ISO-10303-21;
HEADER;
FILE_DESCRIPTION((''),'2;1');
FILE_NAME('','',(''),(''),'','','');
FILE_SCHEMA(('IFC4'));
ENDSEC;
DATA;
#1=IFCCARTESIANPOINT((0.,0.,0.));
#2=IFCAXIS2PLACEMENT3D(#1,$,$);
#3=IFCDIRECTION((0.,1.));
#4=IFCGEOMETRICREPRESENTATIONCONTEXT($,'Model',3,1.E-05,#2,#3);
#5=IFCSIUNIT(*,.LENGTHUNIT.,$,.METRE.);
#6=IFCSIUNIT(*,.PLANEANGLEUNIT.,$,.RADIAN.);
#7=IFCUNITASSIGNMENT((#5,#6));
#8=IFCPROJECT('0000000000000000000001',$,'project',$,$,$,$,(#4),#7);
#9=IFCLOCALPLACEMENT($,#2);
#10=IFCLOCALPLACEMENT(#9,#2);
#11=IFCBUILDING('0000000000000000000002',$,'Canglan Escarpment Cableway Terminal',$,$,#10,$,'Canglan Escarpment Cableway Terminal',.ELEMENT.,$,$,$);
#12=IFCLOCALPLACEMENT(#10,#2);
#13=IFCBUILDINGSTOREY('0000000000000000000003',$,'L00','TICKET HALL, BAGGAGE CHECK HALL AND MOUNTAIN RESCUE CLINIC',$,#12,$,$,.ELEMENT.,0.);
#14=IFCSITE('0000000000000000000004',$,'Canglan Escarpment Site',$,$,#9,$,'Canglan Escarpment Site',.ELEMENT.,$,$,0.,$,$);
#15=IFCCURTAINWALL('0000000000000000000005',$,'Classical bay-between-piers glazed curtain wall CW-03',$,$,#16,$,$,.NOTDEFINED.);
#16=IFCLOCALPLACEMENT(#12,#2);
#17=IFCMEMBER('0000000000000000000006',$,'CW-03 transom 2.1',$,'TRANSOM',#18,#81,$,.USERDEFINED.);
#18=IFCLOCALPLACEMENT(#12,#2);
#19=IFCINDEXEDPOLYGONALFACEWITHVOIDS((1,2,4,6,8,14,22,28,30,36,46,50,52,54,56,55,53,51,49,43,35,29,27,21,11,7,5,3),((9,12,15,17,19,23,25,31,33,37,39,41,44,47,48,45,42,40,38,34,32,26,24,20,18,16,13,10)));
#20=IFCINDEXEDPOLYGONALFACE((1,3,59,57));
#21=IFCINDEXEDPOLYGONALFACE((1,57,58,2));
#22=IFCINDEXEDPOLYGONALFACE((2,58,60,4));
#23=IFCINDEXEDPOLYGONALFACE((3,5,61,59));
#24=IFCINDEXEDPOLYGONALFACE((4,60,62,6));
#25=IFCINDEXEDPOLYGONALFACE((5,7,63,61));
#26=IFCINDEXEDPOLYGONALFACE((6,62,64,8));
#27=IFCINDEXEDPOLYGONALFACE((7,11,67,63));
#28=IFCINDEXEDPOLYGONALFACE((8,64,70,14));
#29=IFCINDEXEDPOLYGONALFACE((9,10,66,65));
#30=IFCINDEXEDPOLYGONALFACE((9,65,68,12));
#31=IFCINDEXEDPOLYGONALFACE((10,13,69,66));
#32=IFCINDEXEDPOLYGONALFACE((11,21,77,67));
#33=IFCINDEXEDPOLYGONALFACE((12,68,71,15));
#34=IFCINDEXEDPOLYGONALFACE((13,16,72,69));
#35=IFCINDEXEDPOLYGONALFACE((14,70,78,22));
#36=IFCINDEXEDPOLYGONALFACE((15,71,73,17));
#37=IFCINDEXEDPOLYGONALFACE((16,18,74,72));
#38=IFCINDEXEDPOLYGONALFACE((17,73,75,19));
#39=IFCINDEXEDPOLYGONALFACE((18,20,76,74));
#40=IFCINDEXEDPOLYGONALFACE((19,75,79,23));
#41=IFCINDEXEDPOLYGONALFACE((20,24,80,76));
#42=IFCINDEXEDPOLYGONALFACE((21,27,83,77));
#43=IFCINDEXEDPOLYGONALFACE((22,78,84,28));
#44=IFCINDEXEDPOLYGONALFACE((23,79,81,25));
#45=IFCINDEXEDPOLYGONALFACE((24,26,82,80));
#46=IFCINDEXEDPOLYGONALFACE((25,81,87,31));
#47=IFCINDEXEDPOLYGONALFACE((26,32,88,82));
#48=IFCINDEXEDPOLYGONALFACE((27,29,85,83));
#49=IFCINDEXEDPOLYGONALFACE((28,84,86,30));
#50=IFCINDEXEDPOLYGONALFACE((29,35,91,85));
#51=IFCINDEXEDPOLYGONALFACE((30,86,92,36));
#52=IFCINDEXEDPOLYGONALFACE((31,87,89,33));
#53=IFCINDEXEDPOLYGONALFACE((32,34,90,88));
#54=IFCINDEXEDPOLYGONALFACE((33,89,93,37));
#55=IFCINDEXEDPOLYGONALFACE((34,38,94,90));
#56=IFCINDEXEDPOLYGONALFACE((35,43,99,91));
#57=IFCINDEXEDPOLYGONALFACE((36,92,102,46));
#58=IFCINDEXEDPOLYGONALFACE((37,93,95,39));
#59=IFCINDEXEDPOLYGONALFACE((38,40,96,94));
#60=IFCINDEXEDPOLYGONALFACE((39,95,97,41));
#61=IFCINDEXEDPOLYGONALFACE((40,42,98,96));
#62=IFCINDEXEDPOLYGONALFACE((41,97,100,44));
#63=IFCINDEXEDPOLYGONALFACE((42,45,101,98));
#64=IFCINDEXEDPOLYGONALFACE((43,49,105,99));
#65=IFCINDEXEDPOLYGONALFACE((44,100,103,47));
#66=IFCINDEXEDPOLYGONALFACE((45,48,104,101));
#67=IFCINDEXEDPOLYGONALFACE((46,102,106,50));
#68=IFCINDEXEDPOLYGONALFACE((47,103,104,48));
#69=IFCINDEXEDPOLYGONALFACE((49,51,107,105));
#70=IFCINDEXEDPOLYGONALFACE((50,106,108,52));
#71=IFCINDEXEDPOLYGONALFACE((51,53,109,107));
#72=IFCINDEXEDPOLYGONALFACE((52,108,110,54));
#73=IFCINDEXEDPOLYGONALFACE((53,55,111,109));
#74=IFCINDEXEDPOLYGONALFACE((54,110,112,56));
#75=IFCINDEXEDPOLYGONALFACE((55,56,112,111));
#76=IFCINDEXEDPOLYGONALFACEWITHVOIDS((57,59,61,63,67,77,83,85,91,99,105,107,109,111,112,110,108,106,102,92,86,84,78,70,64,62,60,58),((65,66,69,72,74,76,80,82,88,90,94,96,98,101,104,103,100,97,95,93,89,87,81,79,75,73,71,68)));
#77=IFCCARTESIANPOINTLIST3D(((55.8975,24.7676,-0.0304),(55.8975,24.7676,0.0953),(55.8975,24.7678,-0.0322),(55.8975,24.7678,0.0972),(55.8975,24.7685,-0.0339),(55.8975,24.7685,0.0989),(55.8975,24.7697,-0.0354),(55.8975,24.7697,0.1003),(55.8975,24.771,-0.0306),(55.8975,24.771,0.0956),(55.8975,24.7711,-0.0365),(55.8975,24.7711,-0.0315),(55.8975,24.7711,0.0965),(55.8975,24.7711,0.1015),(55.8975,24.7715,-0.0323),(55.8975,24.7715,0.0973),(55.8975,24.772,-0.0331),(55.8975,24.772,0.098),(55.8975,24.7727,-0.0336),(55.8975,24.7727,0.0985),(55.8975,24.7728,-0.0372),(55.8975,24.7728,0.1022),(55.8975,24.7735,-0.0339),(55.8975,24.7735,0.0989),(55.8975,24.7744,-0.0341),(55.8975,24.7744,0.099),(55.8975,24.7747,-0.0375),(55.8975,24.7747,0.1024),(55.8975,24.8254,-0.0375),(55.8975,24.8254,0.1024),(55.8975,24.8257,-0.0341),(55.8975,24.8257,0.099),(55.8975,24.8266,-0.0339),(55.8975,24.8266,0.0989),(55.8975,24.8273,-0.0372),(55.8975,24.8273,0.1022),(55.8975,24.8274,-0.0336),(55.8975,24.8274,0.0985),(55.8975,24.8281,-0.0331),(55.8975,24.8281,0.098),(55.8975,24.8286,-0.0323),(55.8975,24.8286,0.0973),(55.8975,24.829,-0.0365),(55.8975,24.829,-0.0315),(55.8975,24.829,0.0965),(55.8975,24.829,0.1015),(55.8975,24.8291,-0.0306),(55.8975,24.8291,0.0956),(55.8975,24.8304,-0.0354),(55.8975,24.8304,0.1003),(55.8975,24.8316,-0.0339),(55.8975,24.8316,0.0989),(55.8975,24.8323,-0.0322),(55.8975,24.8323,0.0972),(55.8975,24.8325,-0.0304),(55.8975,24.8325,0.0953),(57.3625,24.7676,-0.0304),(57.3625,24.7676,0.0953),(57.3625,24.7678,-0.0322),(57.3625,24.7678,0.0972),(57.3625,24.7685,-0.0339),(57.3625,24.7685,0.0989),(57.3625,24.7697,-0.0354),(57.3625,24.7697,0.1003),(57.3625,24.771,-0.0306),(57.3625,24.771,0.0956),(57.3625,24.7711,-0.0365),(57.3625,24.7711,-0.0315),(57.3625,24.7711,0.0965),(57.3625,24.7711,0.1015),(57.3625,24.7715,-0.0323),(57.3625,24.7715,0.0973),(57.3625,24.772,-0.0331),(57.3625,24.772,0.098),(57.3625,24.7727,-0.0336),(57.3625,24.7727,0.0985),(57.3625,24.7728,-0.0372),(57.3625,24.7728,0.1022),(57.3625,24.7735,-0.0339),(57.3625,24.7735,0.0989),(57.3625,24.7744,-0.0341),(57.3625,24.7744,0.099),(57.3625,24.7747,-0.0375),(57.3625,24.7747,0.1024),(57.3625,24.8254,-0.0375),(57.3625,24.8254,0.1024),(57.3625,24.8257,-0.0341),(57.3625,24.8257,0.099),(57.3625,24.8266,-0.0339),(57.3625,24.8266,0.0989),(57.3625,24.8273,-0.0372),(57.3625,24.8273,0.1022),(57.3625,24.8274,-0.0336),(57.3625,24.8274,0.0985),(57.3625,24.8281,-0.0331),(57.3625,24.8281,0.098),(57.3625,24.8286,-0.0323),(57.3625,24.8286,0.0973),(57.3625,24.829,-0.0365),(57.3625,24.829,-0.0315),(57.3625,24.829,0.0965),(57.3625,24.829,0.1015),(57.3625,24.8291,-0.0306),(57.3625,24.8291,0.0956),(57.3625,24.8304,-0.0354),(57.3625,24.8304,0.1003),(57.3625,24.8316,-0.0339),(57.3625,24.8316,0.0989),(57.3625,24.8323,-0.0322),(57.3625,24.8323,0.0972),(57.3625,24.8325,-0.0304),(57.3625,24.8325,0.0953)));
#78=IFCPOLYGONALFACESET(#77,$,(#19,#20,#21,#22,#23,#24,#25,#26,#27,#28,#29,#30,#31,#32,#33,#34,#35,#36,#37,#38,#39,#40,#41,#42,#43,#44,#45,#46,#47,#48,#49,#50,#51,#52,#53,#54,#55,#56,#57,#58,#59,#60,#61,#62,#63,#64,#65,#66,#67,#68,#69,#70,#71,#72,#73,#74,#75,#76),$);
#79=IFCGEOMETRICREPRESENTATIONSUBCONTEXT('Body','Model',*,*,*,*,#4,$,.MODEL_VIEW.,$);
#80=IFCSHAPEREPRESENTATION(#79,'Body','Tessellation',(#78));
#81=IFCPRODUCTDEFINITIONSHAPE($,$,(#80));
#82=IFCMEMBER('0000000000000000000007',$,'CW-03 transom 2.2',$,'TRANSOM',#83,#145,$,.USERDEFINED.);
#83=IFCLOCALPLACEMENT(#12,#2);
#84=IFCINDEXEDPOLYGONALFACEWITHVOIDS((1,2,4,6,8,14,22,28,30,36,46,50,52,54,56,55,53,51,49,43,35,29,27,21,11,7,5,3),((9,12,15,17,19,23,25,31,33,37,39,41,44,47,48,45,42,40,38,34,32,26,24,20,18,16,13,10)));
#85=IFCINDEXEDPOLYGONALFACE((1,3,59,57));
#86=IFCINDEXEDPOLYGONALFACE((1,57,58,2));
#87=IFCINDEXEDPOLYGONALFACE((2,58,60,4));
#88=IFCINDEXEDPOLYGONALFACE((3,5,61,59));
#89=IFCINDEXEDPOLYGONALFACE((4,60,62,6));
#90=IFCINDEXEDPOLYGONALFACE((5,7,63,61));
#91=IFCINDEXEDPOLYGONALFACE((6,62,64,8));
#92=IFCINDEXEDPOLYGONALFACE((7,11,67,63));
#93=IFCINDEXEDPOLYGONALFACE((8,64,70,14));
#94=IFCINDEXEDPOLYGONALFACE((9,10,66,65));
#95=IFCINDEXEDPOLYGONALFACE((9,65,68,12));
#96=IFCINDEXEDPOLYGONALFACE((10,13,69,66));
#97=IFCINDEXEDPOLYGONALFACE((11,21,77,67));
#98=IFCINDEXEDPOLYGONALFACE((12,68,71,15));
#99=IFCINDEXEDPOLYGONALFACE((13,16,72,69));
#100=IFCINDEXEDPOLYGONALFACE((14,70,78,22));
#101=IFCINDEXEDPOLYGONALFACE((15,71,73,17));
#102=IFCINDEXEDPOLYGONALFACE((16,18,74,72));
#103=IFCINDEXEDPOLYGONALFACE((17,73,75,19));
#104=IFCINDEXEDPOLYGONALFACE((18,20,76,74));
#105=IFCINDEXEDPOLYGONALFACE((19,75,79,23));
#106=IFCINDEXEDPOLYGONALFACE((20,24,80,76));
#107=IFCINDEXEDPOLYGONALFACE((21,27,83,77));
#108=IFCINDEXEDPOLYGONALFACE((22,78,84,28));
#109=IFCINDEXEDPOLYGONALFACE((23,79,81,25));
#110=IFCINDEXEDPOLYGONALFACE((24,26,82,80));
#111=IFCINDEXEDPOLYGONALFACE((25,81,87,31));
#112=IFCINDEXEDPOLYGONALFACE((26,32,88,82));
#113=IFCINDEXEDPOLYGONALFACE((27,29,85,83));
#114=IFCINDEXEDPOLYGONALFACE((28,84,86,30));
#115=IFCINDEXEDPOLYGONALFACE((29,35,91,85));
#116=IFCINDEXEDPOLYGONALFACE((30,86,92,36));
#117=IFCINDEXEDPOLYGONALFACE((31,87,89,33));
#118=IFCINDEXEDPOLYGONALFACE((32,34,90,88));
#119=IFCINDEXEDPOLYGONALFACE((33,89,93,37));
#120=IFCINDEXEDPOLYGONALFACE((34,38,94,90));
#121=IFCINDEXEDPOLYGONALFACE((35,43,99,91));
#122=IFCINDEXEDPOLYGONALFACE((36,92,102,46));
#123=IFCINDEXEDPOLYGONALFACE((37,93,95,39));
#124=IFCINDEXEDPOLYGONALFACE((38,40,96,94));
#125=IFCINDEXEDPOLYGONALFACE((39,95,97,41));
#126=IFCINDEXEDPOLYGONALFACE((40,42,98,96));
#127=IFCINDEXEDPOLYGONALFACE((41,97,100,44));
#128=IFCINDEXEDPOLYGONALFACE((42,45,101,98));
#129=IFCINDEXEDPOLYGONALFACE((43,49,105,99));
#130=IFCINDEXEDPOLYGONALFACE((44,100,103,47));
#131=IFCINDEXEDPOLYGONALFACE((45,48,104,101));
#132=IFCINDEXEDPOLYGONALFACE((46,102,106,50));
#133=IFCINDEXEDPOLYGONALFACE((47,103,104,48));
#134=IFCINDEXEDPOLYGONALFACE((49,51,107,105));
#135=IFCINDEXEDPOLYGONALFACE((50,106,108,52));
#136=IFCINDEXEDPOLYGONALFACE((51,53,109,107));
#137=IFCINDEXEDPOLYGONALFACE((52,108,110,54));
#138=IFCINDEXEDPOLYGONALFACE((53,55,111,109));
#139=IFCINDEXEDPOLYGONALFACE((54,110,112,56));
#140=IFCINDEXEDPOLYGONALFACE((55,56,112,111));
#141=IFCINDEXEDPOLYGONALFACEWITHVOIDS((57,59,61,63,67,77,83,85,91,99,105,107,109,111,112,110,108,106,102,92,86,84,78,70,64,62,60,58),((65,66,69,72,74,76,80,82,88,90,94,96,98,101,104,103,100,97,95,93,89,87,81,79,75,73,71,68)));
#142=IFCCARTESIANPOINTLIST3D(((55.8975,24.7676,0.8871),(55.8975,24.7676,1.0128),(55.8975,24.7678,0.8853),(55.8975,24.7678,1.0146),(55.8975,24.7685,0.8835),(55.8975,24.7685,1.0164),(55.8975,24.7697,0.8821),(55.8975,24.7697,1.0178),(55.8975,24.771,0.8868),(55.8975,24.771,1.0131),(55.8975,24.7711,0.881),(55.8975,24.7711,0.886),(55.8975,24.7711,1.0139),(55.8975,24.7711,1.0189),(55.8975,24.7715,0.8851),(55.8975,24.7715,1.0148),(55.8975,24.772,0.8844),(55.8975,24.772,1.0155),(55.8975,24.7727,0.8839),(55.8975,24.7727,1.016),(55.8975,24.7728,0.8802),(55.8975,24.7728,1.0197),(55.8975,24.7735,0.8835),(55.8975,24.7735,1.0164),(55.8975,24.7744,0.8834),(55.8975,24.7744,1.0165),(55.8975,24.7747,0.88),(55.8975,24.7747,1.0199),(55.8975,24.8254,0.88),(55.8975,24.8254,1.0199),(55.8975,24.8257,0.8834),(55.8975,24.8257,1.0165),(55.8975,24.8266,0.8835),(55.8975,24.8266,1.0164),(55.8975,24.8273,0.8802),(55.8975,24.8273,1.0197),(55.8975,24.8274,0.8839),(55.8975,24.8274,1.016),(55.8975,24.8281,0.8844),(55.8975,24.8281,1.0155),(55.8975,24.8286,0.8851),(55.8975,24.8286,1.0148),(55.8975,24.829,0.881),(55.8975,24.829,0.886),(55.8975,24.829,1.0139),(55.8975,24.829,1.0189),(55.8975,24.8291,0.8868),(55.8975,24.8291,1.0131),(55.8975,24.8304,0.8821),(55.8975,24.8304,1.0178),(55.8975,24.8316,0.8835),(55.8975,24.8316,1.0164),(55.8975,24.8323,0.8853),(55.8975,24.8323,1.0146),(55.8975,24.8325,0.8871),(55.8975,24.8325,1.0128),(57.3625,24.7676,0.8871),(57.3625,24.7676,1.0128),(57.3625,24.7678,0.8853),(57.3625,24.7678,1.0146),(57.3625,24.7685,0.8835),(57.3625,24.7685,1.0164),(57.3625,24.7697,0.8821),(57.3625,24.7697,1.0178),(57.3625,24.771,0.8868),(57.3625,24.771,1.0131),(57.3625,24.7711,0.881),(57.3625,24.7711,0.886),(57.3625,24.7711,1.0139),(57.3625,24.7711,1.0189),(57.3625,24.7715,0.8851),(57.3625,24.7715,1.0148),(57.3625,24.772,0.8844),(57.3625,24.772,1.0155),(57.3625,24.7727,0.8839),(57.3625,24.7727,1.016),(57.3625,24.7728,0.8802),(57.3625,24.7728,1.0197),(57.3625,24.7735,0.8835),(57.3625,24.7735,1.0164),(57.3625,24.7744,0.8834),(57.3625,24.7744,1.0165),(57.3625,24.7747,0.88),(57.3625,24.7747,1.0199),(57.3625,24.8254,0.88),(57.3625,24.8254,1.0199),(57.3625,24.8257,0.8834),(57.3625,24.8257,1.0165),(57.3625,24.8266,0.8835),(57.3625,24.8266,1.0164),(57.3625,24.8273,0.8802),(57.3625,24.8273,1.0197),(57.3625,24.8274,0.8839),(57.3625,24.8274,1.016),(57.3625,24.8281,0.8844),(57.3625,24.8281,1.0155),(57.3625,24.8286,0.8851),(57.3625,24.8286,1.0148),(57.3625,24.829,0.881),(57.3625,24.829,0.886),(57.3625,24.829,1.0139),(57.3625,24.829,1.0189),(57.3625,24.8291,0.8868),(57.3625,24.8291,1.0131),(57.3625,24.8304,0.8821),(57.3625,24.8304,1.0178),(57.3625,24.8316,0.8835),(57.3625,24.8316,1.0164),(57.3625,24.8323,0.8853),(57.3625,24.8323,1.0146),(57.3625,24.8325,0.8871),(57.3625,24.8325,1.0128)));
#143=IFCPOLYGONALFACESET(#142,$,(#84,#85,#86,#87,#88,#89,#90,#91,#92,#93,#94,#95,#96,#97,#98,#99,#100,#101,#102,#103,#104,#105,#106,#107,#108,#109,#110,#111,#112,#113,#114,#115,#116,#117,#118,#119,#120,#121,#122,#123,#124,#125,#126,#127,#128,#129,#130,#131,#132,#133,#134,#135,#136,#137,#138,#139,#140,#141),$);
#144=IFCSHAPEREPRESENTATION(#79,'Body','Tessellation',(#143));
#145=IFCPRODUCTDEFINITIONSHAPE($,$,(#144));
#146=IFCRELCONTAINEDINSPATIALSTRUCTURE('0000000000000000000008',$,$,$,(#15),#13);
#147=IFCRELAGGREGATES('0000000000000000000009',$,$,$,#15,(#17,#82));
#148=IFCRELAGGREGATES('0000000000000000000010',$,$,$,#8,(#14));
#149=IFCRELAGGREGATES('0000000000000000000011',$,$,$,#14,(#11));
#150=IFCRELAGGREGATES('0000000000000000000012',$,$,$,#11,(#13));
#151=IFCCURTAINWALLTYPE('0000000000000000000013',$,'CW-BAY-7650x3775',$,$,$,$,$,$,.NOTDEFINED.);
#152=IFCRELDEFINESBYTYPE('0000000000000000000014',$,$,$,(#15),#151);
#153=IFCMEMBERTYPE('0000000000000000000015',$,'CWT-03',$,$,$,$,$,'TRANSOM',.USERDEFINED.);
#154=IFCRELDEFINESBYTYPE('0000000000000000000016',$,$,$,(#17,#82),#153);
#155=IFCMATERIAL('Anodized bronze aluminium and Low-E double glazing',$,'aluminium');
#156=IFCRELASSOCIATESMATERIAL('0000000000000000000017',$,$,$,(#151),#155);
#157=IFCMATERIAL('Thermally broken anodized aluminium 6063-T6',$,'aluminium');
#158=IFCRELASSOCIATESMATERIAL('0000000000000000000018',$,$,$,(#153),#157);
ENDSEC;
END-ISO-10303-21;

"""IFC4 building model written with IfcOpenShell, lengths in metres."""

from ifc_helpers import new_model, si_unit, direction, frame, origin, origin_2d, place, context, subcontext, project, spatial, hollow_rectangle, extrude, material, material_profile, profile_set, type_object, element, aggregate, save


model = new_model("IFC4")

# Units and contexts
model_context = context("Model", 3, precision=1e-05, world=origin(), true_north=direction((0.0, 1.0)))
body_context = subcontext(model_context, "Body", "Model", "MODEL_VIEW")
ifc_project = project(units=[si_unit("LENGTHUNIT", "METRE"), si_unit("PLANEANGLEUNIT", "RADIAN")], contexts=[model_context])

# Site, building, storey
site_placement = place(None, origin())
site = spatial("IfcSite", under=ifc_project, at=site_placement, Name="Canglan Escarpment Site", LongName="Canglan Escarpment Site", CompositionType="ELEMENT", RefElevation=0.0)
building_placement = place(site_placement, origin())
building = spatial("IfcBuilding", under=site, at=building_placement, Name="Canglan Escarpment Cableway Terminal", LongName="Canglan Escarpment Cableway Terminal", CompositionType="ELEMENT")
storey_placement = place(building_placement, origin())
storey = spatial("IfcBuildingStorey", under=building, at=storey_placement, Name="L00", Description="TICKET HALL, BAGGAGE CHECK HALL AND MOUNTAIN RESCUE CLINIC", CompositionType="ELEMENT", Elevation=0.0)

# Curtain wall, members
ifc_material_1 = material(Name="Anodized bronze aluminium and Low-E double glazing", Category="aluminium")
curtain_wall_type = type_object("IfcCurtainWallType", Name="CW-BAY-7650x3775", PredefinedType="NOTDEFINED", material=ifc_material_1)
curtain_wall_placement = place(storey_placement, origin())
curtain_wall = element("IfcCurtainWall", 1, at=curtain_wall_placement, inside=storey, type_object=curtain_wall_type, Name="Classical bay-between-piers glazed curtain wall CW-03", PredefinedType="NOTDEFINED")
ifc_material_2 = material(Name="Thermally broken anodized aluminium 6063-T6", Category="aluminium")
ifc_material_profile_1 = material_profile(ifc_material_2, hollow_rectangle(XDim=0.0649, YDim=0.1399, WallThickness=0.0034, InnerFilletRadius=0.0034, OuterFilletRadius=0.0071, at=origin_2d()), Name="ALU-TRAN 65x140x3.5")
ifc_profile_set_1 = profile_set([ifc_material_profile_1], Name="Thermally broken anodized aluminium 6063-T6")
member_type_1 = type_object("IfcMemberType", Name="CWT-03", ElementType="TRANSOM", PredefinedType="USERDEFINED", material=ifc_profile_set_1)
member_1_placement = place(storey_placement, frame((57.3625, 24.8, 0.0325), z_axis=(-1.0, 0.0, 0.0), x_axis=(0.0, -1.0, 0.0)))
member_1 = element("IfcMember", 2, at=member_1_placement, type_object=member_type_1, Name="CW-03 transom 2.1", ObjectType="TRANSOM", PredefinedType="USERDEFINED", context=body_context, shape_type="SweptSolid", body=[
    extrude(hollow_rectangle(XDim=0.0649, YDim=0.1399, WallThickness=0.0034, InnerFilletRadius=0.0034, OuterFilletRadius=0.0071, at=origin_2d()), origin(), (0.0, 0.0, 1.0), 1.4651),
])
member_2_placement = place(storey_placement, frame((57.3625, 24.8, 0.95), z_axis=(-1.0, 0.0, 0.0), x_axis=(0.0, -1.0, 0.0)))
member_2 = element("IfcMember", 3, at=member_2_placement, type_object=member_type_1, Name="CW-03 transom 2.2", ObjectType="TRANSOM", PredefinedType="USERDEFINED", context=body_context, shape_type="SweptSolid", body=[
    extrude(hollow_rectangle(XDim=0.0649, YDim=0.1399, WallThickness=0.0034, InnerFilletRadius=0.0034, OuterFilletRadius=0.0071, at=origin_2d()), origin(), (0.0, 0.0, 1.0), 1.4651),
])

aggregate(curtain_wall, [member_1, member_2])

save(model, "model.ifc")
